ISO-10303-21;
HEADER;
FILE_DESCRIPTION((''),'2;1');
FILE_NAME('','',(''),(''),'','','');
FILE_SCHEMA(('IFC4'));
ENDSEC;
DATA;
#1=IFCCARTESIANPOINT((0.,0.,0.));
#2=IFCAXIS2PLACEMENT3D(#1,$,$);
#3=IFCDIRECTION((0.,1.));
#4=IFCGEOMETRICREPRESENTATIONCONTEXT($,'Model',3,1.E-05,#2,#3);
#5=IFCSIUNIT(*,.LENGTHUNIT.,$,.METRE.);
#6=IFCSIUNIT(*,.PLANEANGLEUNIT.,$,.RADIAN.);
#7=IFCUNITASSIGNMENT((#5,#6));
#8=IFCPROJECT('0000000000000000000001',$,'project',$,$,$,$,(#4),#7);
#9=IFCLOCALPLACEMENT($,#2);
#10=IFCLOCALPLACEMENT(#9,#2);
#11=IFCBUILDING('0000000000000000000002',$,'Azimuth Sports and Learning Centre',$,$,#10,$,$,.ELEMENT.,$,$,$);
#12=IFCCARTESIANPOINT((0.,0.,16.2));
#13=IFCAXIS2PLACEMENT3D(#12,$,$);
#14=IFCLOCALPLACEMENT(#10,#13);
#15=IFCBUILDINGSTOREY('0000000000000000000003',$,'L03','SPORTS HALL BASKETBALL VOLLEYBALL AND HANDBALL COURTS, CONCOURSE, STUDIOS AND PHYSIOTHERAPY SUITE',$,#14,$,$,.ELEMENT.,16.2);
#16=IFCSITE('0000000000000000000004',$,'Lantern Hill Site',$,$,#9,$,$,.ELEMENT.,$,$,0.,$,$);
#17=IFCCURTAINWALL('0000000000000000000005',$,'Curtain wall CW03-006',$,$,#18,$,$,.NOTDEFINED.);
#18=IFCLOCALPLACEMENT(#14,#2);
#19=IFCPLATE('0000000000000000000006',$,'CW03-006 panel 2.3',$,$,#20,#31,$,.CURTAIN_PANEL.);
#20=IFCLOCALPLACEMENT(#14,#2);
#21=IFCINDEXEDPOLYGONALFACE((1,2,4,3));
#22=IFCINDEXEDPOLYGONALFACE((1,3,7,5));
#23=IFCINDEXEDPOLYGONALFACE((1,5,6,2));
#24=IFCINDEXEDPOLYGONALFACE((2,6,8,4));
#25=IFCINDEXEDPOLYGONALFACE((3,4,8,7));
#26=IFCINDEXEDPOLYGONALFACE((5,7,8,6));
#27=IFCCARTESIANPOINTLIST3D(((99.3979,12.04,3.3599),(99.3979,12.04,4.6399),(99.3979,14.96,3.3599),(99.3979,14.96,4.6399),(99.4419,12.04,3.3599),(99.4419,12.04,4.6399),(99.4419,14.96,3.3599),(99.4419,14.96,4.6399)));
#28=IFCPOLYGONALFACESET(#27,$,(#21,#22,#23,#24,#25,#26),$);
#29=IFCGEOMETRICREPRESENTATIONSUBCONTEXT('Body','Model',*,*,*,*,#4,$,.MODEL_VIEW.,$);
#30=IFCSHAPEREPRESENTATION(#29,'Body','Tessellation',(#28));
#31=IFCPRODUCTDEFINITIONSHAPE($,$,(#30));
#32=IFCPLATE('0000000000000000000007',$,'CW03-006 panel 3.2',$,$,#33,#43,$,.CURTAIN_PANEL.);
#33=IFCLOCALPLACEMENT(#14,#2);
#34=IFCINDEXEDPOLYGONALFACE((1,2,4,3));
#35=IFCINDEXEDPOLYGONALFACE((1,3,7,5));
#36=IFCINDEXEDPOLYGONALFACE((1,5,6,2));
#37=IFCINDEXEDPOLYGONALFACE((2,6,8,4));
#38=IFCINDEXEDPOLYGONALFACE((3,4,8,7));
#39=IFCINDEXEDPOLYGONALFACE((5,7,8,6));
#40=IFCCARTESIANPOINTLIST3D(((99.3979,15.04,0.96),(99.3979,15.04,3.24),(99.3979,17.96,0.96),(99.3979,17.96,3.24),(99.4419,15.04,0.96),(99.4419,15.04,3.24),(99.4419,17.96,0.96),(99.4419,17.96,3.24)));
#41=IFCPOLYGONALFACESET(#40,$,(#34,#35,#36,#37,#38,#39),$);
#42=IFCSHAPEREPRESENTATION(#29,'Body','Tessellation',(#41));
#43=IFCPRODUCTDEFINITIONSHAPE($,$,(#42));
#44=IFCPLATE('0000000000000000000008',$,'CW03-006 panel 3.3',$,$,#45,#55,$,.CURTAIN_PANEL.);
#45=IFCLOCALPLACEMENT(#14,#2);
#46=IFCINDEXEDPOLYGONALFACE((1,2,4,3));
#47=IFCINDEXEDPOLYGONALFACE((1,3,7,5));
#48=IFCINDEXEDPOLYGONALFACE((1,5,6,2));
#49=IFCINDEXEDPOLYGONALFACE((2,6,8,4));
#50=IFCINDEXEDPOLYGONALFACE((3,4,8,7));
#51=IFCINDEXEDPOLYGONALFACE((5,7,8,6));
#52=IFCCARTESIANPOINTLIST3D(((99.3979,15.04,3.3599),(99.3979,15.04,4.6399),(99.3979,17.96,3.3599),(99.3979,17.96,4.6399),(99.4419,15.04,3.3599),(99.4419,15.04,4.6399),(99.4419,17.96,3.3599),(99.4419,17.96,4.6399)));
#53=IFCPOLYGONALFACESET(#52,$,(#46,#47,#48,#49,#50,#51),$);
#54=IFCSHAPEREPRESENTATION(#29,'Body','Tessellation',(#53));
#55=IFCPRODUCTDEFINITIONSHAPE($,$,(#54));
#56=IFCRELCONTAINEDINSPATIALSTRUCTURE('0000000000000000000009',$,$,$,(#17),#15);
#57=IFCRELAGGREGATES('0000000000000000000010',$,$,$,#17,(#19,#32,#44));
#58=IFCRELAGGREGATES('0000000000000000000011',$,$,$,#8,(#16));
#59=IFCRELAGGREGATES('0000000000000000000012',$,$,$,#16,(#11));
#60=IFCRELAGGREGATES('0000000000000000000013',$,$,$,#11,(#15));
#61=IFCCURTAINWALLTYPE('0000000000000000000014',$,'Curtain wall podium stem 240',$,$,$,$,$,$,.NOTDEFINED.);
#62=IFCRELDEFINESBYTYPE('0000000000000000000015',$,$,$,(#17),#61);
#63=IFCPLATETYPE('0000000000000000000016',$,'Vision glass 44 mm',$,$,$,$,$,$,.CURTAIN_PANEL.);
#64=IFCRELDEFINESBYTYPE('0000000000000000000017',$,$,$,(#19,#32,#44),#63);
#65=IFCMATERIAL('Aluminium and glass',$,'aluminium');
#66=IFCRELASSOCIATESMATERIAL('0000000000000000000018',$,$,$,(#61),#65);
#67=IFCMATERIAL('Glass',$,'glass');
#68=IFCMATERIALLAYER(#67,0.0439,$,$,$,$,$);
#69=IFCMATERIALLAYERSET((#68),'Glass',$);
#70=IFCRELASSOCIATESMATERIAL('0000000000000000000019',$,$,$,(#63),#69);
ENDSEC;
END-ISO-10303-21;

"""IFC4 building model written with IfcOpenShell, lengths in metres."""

from ifc_helpers import new_model, si_unit, direction, frame, origin, origin_2d, place, context, subcontext, project, spatial, rectangle, extrude, material, layer, layer_set, type_object, element, aggregate, save


model = new_model("IFC4")

# Units and contexts
model_context = context("Model", 3, precision=1e-05, world=origin(), true_north=direction((0.0, 1.0)))
body_context = subcontext(model_context, "Body", "Model", "MODEL_VIEW")
ifc_project = project(units=[si_unit("LENGTHUNIT", "METRE"), si_unit("PLANEANGLEUNIT", "RADIAN")], contexts=[model_context])

# Site, building, storey
site_placement = place(None, origin())
site = spatial("IfcSite", under=ifc_project, at=site_placement, Name="Lantern Hill Site", CompositionType="ELEMENT", RefElevation=0.0)
building_placement = place(site_placement, origin())
building = spatial("IfcBuilding", under=site, at=building_placement, Name="Azimuth Sports and Learning Centre", CompositionType="ELEMENT")
storey_placement = place(building_placement, frame((0.0, 0.0, 16.2)))
storey = spatial("IfcBuildingStorey", under=building, at=storey_placement, Name="L03", Description="SPORTS HALL BASKETBALL VOLLEYBALL AND HANDBALL COURTS, CONCOURSE, STUDIOS AND PHYSIOTHERAPY SUITE", CompositionType="ELEMENT", Elevation=16.2)

# Curtain wall, plates
ifc_material_1 = material(Name="Aluminium and glass", Category="aluminium")
curtain_wall_type = type_object("IfcCurtainWallType", Name="Curtain wall podium stem 240", PredefinedType="NOTDEFINED", material=ifc_material_1)
curtain_wall_placement = place(storey_placement, origin())
curtain_wall = element("IfcCurtainWall", 1, at=curtain_wall_placement, inside=storey, type_object=curtain_wall_type, Name="Curtain wall CW03-006", PredefinedType="NOTDEFINED")
ifc_material_2 = material(Name="Glass", Category="glass")
ifc_layer_1 = layer(ifc_material_2, 0.0439)
ifc_layer_set_1 = layer_set([ifc_layer_1], Name="Glass")
plate_type_1 = type_object("IfcPlateType", Name="Vision glass 44 mm", PredefinedType="CURTAIN_PANEL", material=ifc_layer_set_1)
plate_1_placement = place(storey_placement, frame((99.4199, 13.5, 3.3599), z_axis=(0.0, 0.0, 1.0), x_axis=(0.0, 1.0, 0.0)))
plate_1 = element("IfcPlate", 2, at=plate_1_placement, type_object=plate_type_1, Name="CW03-006 panel 2.3", PredefinedType="CURTAIN_PANEL", context=body_context, shape_type="SweptSolid", body=[
    extrude(rectangle(XDim=2.9199, YDim=0.0439, at=origin_2d()), origin(), (0.0, 0.0, 1.0), 1.28),
])
plate_2_placement = place(storey_placement, frame((99.4199, 16.5, 0.96), z_axis=(0.0, 0.0, 1.0), x_axis=(0.0, 1.0, 0.0)))
plate_2 = element("IfcPlate", 3, at=plate_2_placement, type_object=plate_type_1, Name="CW03-006 panel 3.2", PredefinedType="CURTAIN_PANEL", context=body_context, shape_type="SweptSolid", body=[
    extrude(rectangle(XDim=2.9199, YDim=0.0439, at=origin_2d()), origin(), (0.0, 0.0, 1.0), 2.28),
])
plate_3_placement = place(storey_placement, frame((99.4199, 16.5, 3.3599), z_axis=(0.0, 0.0, 1.0), x_axis=(0.0, 1.0, 0.0)))
plate_3 = element("IfcPlate", 4, at=plate_3_placement, type_object=plate_type_1, Name="CW03-006 panel 3.3", PredefinedType="CURTAIN_PANEL", context=body_context, shape_type="SweptSolid", body=[
    extrude(rectangle(XDim=2.9199, YDim=0.0439, at=origin_2d()), origin(), (0.0, 0.0, 1.0), 1.28),
])
aggregate(curtain_wall, [plate_1, plate_2, plate_3])

save(model, "model.ifc")
